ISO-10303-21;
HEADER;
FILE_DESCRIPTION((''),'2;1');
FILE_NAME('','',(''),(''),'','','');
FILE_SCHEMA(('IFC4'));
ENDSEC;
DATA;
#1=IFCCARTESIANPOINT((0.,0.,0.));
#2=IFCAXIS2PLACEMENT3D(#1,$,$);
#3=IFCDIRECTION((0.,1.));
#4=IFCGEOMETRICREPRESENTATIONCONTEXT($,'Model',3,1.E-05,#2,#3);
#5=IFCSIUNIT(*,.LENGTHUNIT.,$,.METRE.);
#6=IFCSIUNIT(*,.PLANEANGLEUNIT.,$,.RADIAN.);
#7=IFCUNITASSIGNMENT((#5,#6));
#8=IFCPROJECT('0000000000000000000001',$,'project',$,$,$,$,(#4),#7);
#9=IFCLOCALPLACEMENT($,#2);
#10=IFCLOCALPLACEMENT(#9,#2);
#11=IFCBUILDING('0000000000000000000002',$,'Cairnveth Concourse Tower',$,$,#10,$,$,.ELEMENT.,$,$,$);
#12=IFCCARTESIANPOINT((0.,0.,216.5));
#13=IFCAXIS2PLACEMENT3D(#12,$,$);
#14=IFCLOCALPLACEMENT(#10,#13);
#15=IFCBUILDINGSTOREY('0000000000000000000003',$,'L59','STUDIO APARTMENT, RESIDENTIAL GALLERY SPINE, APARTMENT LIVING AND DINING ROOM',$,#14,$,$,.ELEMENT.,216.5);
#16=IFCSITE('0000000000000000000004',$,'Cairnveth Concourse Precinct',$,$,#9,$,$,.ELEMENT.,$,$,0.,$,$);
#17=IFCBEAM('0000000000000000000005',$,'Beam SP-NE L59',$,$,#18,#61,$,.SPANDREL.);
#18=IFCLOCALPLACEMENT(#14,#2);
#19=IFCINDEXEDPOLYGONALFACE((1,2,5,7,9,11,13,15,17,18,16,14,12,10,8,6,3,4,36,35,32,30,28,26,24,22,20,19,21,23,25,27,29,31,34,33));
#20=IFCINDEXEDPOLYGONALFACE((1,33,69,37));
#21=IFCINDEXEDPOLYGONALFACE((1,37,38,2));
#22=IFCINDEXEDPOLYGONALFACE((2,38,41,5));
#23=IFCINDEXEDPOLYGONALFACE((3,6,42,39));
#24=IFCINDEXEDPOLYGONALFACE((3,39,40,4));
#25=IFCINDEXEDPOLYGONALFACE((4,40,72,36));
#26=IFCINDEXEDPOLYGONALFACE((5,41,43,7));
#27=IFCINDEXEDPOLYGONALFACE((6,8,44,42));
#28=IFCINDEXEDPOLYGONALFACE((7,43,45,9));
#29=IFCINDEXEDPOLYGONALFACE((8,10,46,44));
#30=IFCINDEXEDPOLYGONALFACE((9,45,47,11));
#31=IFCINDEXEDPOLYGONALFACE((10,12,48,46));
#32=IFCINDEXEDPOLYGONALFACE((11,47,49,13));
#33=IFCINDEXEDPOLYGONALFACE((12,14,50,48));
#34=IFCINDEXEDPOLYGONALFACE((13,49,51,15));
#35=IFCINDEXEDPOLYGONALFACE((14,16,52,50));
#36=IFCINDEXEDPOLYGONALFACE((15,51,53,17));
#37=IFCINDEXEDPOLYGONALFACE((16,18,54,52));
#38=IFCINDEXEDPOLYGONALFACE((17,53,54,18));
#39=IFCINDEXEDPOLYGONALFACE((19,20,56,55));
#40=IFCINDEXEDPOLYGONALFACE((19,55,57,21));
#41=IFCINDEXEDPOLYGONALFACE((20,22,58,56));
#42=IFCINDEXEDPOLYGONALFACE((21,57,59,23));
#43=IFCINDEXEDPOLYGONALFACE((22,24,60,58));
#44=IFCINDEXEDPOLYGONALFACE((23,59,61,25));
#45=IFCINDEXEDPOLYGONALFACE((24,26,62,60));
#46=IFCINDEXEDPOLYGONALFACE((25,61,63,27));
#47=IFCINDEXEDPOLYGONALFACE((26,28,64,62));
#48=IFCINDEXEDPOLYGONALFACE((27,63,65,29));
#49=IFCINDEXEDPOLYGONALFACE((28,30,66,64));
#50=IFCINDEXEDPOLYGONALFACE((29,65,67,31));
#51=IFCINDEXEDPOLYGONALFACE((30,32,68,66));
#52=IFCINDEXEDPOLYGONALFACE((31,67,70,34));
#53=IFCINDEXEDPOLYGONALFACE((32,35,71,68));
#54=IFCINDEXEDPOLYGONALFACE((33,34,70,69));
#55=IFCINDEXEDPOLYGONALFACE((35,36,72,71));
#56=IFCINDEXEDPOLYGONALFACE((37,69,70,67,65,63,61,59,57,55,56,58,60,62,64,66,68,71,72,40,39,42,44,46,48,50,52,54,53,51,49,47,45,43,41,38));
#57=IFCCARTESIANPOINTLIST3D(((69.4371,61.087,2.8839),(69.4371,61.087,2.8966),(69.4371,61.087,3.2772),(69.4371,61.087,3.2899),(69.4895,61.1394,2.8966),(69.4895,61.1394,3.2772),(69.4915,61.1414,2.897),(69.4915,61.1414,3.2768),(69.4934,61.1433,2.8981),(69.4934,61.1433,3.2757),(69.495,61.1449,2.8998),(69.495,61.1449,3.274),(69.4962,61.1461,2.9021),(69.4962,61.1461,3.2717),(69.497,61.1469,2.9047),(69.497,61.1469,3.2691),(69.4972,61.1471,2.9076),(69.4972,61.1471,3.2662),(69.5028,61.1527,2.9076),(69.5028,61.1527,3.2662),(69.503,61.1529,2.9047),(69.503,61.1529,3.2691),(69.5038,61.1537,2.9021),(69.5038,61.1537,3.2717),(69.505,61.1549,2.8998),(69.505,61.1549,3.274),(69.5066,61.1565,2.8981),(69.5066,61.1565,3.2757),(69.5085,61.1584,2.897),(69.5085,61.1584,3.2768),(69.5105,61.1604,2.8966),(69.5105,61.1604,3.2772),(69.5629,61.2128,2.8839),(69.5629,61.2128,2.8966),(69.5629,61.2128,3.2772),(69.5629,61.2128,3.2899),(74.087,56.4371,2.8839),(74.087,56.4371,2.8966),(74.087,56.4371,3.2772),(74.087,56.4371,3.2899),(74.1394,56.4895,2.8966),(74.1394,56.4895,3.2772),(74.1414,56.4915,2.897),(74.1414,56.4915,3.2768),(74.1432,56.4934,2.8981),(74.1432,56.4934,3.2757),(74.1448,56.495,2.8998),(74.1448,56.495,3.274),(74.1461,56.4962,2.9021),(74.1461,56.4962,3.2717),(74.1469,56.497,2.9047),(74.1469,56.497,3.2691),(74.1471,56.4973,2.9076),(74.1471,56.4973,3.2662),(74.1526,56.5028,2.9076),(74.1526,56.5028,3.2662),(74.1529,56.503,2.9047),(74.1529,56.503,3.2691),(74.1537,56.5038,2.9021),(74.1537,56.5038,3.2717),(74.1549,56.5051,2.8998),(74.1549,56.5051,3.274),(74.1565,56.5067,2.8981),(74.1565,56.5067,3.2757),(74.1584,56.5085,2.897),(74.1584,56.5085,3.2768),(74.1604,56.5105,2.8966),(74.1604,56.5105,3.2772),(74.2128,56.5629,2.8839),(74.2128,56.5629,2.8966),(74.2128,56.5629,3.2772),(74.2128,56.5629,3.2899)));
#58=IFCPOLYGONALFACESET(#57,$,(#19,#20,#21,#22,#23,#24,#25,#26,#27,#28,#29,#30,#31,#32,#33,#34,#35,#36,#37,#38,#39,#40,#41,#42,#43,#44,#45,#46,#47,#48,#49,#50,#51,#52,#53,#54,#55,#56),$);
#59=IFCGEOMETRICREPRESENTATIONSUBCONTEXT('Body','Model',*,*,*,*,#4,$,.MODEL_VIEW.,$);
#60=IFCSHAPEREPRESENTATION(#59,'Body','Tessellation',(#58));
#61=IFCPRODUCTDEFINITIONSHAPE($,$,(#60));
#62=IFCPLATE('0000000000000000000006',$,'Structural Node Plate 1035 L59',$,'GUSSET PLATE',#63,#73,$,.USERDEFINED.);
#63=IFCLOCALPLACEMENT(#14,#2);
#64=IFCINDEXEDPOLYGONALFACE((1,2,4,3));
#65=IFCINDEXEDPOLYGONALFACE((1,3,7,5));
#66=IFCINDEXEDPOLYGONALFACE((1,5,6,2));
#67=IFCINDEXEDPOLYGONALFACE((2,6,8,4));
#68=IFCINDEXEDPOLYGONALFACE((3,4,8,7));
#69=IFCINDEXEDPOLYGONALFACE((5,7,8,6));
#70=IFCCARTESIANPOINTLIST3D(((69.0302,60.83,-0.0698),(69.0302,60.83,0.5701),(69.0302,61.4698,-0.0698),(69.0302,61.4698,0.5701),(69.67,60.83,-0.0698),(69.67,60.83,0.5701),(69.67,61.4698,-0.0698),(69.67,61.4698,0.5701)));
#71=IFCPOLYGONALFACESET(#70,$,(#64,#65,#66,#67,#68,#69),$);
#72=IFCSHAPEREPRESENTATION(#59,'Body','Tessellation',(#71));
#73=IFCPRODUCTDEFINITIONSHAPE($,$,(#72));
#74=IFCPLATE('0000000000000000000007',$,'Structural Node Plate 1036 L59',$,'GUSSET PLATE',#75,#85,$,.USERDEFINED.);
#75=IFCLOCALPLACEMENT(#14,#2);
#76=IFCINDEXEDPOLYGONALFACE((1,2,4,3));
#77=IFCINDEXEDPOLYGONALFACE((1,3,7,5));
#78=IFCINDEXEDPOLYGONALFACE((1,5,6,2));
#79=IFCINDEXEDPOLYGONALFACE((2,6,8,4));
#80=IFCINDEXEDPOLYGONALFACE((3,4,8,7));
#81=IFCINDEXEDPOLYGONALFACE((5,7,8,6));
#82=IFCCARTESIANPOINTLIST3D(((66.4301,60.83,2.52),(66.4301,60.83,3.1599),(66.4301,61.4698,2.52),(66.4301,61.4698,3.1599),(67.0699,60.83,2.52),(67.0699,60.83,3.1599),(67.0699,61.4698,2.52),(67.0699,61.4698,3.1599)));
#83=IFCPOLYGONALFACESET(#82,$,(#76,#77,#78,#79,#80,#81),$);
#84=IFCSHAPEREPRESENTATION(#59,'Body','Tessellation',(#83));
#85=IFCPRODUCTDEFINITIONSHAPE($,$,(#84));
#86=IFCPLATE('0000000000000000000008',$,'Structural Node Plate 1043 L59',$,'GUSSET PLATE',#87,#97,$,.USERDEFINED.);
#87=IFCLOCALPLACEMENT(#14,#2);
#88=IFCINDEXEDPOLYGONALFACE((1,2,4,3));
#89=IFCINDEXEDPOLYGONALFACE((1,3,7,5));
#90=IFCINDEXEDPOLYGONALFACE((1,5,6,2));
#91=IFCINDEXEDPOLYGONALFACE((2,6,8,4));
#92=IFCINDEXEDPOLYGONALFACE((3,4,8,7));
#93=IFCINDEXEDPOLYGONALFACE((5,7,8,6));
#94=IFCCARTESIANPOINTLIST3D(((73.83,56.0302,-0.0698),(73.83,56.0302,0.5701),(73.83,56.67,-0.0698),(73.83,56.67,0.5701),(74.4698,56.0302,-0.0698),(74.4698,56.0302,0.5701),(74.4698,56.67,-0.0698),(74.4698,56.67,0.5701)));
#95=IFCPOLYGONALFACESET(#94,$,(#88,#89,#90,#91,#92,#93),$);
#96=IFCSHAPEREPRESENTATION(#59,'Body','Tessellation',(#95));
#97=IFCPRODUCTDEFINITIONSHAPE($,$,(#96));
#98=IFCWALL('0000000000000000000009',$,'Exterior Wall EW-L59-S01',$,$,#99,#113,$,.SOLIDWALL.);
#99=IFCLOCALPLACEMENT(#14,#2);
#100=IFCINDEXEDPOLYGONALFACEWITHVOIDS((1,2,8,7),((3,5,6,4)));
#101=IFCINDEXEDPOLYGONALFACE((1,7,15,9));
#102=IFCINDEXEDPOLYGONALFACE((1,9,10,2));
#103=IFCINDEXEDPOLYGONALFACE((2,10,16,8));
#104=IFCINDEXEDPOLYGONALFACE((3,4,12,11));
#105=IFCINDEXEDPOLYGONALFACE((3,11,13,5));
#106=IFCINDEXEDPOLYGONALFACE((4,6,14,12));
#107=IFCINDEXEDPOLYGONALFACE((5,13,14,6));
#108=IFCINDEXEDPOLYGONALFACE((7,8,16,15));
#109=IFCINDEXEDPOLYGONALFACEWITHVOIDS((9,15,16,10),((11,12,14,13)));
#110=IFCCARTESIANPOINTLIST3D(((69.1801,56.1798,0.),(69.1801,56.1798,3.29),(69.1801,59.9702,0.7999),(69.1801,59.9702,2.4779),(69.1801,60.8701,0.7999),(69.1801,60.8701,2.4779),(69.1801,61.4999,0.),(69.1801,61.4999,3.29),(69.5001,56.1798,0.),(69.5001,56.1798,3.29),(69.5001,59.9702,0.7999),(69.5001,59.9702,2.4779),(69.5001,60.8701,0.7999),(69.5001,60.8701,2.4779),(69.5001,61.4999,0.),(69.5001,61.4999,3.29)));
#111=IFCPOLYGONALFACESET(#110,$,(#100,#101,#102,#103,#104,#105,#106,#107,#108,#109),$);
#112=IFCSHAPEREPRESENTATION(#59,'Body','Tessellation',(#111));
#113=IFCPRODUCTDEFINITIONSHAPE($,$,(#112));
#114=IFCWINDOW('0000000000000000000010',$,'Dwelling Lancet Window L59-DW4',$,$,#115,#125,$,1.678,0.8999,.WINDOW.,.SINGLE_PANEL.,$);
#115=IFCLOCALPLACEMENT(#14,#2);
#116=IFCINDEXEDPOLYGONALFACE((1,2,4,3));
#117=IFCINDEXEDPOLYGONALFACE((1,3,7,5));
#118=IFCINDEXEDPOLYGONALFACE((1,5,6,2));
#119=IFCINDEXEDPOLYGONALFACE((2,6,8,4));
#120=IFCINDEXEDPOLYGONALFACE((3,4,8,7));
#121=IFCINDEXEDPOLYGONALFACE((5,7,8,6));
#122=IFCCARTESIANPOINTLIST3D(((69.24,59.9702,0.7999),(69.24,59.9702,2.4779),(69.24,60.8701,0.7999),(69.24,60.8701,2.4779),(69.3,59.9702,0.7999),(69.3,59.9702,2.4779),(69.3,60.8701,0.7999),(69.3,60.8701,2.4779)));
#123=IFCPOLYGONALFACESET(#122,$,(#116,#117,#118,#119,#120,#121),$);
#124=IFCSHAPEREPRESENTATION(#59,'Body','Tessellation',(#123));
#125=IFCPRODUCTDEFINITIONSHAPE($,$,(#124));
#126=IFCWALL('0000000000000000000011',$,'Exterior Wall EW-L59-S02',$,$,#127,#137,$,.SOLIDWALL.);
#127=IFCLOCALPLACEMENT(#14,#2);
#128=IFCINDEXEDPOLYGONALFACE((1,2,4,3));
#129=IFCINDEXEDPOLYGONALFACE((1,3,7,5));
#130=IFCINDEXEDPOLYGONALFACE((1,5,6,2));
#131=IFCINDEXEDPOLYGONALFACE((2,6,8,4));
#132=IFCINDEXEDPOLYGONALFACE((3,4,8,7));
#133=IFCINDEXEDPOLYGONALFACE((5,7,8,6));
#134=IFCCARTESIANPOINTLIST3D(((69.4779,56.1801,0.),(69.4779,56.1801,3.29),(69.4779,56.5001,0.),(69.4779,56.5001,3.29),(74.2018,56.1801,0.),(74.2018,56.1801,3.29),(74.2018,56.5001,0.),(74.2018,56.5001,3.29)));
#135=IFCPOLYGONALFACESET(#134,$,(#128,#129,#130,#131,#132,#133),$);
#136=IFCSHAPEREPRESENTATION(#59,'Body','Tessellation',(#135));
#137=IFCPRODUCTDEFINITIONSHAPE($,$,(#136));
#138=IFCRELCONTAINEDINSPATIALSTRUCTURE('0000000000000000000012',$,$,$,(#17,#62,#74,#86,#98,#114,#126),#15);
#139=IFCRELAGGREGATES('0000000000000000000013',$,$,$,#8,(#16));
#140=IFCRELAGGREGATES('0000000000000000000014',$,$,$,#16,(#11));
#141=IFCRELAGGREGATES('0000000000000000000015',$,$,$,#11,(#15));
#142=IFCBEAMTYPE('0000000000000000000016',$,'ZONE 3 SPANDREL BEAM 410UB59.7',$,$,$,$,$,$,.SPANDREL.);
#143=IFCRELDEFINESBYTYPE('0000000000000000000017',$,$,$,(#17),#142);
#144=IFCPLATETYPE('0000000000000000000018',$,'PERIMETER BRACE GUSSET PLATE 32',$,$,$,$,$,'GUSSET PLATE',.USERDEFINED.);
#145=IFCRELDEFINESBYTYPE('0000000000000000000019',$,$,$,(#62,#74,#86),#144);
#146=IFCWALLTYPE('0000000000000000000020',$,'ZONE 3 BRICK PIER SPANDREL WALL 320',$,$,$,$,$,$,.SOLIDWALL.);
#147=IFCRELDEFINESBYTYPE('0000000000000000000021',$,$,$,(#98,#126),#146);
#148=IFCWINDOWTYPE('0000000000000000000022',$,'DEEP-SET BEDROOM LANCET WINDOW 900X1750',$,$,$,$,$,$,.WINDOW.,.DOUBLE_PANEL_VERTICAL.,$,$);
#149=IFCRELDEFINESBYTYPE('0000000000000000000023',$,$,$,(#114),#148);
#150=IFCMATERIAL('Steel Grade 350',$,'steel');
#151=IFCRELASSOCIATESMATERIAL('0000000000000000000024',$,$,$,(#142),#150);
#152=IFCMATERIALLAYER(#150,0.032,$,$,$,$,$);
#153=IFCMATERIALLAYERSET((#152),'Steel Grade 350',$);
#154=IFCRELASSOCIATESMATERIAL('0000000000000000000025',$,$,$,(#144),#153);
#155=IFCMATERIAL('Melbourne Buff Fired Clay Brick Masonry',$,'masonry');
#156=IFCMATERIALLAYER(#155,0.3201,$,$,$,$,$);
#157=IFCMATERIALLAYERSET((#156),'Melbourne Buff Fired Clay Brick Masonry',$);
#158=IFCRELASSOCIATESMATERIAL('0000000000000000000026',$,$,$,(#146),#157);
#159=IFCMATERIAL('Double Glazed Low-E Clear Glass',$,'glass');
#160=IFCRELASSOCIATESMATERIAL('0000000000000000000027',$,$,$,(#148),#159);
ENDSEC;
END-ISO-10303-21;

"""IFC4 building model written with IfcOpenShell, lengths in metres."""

from ifc_helpers import new_model, si_unit, direction, frame, frame_2d, origin, origin_2d, place, context, subcontext, project, spatial, rectangle, i_section, extrude, material, layer, layer_set, material_profile, profile_set, type_object, element, fill, save


model = new_model("IFC4")

# Units and contexts
model_context = context("Model", 3, precision=1e-05, world=origin(), true_north=direction((0.0, 1.0)))
body_context = subcontext(model_context, "Body", "Model", "MODEL_VIEW")
ifc_project = project(units=[si_unit("LENGTHUNIT", "METRE"), si_unit("PLANEANGLEUNIT", "RADIAN")], contexts=[model_context])

# Site, building, storey
site_placement = place(None, origin())
site = spatial("IfcSite", under=ifc_project, at=site_placement, Name="Cairnveth Concourse Precinct", CompositionType="ELEMENT", RefElevation=0.0)
building_placement = place(site_placement, origin())
building = spatial("IfcBuilding", under=site, at=building_placement, Name="Cairnveth Concourse Tower", CompositionType="ELEMENT")
storey_placement = place(building_placement, frame((0.0, 0.0, 216.5)))
storey = spatial("IfcBuildingStorey", under=building, at=storey_placement, Name="L59", Description="STUDIO APARTMENT, RESIDENTIAL GALLERY SPINE, APARTMENT LIVING AND DINING ROOM", CompositionType="ELEMENT", Elevation=216.5)

# Shared definitions
ifc_material_1 = material(Name="Steel Grade 350", Category="steel")

# Beam
ifc_material_profile_1 = material_profile(ifc_material_1, i_section(OverallWidth=0.178, OverallDepth=0.406, WebThickness=0.0078, FlangeThickness=0.0127, FilletRadius=0.011, at=origin_2d()), Name="410UB59.7")
ifc_profile_set_1 = profile_set([ifc_material_profile_1], Name="Steel Grade 350")
beam_type_1 = type_object("IfcBeamType", Name="ZONE 3 SPANDREL BEAM 410UB59.7", PredefinedType="SPANDREL", material=ifc_profile_set_1)
beam_1_placement = place(storey_placement, frame((69.5, 61.1499, 3.0869), z_axis=(0.707107, -0.707107, 0.0), x_axis=(0.707107, 0.707107, 0.0)))
element("IfcBeam", 1, at=beam_1_placement, inside=storey, type_object=beam_type_1, Name="Beam SP-NE L59", PredefinedType="SPANDREL", context=body_context, shape_type="SweptSolid", body=[
    extrude(i_section(OverallWidth=0.178, OverallDepth=0.406, WebThickness=0.0078, FlangeThickness=0.0127, FilletRadius=0.011, at=origin_2d()), origin(), (0.0, 0.0, 1.0), 6.5759),
])

# Plates
ifc_layer_1 = layer(ifc_material_1, 0.032)
ifc_layer_set_1 = layer_set([ifc_layer_1], Name="Steel Grade 350")
plate_type = type_object("IfcPlateType", Name="PERIMETER BRACE GUSSET PLATE 32", ElementType="GUSSET PLATE", PredefinedType="USERDEFINED", material=ifc_layer_set_1)
for number, where, z_axis, x_axis, name in (
    (2, (69.3501, 61.1499, -0.0698), (0.0, 0.0, 1.0), (1.0, 0.0, 0.0), "Structural Node Plate 1035 L59"),
    (3, (66.75, 61.1499, 2.52), (0.0, 0.0, 1.0), (1.0, 0.0, 0.0), "Structural Node Plate 1036 L59"),
    (4, (74.1499, 56.3501, -0.0698), (0.0, 0.0, 1.0), (1.0, 0.0, 0.0), "Structural Node Plate 1043 L59"),
):
    element("IfcPlate", number, at=place(storey_placement, frame(where, z_axis=z_axis, x_axis=x_axis)), inside=storey, type_object=plate_type, Name=name, ObjectType="GUSSET PLATE", PredefinedType="USERDEFINED", context=body_context, shape_type="SweptSolid", body=[
        extrude(rectangle(XDim=0.6399, YDim=0.6399, at=origin_2d()), origin(), (0.0, 0.0, 1.0), 0.6399),
    ])

# Wall, opening, window
ifc_material_2 = material(Name="Melbourne Buff Fired Clay Brick Masonry", Category="masonry")
ifc_layer_2 = layer(ifc_material_2, 0.3201)
ifc_layer_set_2 = layer_set([ifc_layer_2], Name="Melbourne Buff Fired Clay Brick Masonry")
wall_type = type_object("IfcWallType", Name="ZONE 3 BRICK PIER SPANDREL WALL 320", PredefinedType="SOLIDWALL", material=ifc_layer_set_2)
wall_1_placement = place(storey_placement, frame((69.3401, 61.5, 0.0), z_axis=(0.0, 0.0, 1.0), x_axis=(0.0, -1.0, 0.0)))
wall_1 = element("IfcWall", 5, at=wall_1_placement, inside=storey, type_object=wall_type, Name="Exterior Wall EW-L59-S01", PredefinedType="SOLIDWALL", context=body_context, shape_type="SweptSolid", body=[
    extrude(rectangle(XDim=5.3201, YDim=0.3201, at=frame_2d((2.6602, 0.0))), origin(), (0.0, 0.0, 1.0), 3.29),
])
opening_1_placement = place(wall_1_placement, frame((0.6299, 0.0, 0.8)))
opening_1 = element("IfcOpeningElement", 6, at=opening_1_placement, cuts=wall_1, PredefinedType="OPENING", context=body_context, shape_type="SweptSolid", body=[
    extrude(rectangle(XDim=0.8999, YDim=1.678, at=frame_2d((0.45, 0.8389))), frame((0.0, 0.1699, 0.0), z_axis=(0.0, -1.0, 0.0), x_axis=(1.0, 0.0, 0.0)), (0.0, 0.0, 1.0), 0.3401),
])
ifc_material_3 = material(Name="Double Glazed Low-E Clear Glass", Category="glass")
window_type_1 = type_object("IfcWindowType", Name="DEEP-SET BEDROOM LANCET WINDOW 900X1750", PartitioningType="DOUBLE_PANEL_VERTICAL", PredefinedType="WINDOW", material=ifc_material_3)
window_1_placement = place(opening_1_placement, origin())
window_1 = element("IfcWindow", 7, at=window_1_placement, inside=storey, type_object=window_type_1, Name="Dwelling Lancet Window L59-DW4", OverallHeight=1.678, OverallWidth=0.8999, PartitioningType="SINGLE_PANEL", PredefinedType="WINDOW", context=body_context, shape_type="SweptSolid", body=[
    extrude(rectangle(XDim=0.8999, YDim=1.678, at=frame_2d((0.45, 0.8389))), frame((0.0, -0.04, 0.0), z_axis=(0.0, -1.0, 0.0), x_axis=(1.0, 0.0, 0.0)), (0.0, 0.0, 1.0), 0.0601),
])
fill(opening_1, window_1)

# Wall
wall_2_placement = place(storey_placement, frame((69.478, 56.3401, 0.0), z_axis=(0.0, 0.0, 1.0), x_axis=(1.0, 0.0, 0.0)))
element("IfcWall", 8, at=wall_2_placement, inside=storey, type_object=wall_type, Name="Exterior Wall EW-L59-S02", PredefinedType="SOLIDWALL", context=body_context, shape_type="SweptSolid", body=[
    extrude(rectangle(XDim=4.7239, YDim=0.3201, at=frame_2d((2.3618, 0.0))), origin(), (0.0, 0.0, 1.0), 3.29),
])

save(model, "model.ifc")
